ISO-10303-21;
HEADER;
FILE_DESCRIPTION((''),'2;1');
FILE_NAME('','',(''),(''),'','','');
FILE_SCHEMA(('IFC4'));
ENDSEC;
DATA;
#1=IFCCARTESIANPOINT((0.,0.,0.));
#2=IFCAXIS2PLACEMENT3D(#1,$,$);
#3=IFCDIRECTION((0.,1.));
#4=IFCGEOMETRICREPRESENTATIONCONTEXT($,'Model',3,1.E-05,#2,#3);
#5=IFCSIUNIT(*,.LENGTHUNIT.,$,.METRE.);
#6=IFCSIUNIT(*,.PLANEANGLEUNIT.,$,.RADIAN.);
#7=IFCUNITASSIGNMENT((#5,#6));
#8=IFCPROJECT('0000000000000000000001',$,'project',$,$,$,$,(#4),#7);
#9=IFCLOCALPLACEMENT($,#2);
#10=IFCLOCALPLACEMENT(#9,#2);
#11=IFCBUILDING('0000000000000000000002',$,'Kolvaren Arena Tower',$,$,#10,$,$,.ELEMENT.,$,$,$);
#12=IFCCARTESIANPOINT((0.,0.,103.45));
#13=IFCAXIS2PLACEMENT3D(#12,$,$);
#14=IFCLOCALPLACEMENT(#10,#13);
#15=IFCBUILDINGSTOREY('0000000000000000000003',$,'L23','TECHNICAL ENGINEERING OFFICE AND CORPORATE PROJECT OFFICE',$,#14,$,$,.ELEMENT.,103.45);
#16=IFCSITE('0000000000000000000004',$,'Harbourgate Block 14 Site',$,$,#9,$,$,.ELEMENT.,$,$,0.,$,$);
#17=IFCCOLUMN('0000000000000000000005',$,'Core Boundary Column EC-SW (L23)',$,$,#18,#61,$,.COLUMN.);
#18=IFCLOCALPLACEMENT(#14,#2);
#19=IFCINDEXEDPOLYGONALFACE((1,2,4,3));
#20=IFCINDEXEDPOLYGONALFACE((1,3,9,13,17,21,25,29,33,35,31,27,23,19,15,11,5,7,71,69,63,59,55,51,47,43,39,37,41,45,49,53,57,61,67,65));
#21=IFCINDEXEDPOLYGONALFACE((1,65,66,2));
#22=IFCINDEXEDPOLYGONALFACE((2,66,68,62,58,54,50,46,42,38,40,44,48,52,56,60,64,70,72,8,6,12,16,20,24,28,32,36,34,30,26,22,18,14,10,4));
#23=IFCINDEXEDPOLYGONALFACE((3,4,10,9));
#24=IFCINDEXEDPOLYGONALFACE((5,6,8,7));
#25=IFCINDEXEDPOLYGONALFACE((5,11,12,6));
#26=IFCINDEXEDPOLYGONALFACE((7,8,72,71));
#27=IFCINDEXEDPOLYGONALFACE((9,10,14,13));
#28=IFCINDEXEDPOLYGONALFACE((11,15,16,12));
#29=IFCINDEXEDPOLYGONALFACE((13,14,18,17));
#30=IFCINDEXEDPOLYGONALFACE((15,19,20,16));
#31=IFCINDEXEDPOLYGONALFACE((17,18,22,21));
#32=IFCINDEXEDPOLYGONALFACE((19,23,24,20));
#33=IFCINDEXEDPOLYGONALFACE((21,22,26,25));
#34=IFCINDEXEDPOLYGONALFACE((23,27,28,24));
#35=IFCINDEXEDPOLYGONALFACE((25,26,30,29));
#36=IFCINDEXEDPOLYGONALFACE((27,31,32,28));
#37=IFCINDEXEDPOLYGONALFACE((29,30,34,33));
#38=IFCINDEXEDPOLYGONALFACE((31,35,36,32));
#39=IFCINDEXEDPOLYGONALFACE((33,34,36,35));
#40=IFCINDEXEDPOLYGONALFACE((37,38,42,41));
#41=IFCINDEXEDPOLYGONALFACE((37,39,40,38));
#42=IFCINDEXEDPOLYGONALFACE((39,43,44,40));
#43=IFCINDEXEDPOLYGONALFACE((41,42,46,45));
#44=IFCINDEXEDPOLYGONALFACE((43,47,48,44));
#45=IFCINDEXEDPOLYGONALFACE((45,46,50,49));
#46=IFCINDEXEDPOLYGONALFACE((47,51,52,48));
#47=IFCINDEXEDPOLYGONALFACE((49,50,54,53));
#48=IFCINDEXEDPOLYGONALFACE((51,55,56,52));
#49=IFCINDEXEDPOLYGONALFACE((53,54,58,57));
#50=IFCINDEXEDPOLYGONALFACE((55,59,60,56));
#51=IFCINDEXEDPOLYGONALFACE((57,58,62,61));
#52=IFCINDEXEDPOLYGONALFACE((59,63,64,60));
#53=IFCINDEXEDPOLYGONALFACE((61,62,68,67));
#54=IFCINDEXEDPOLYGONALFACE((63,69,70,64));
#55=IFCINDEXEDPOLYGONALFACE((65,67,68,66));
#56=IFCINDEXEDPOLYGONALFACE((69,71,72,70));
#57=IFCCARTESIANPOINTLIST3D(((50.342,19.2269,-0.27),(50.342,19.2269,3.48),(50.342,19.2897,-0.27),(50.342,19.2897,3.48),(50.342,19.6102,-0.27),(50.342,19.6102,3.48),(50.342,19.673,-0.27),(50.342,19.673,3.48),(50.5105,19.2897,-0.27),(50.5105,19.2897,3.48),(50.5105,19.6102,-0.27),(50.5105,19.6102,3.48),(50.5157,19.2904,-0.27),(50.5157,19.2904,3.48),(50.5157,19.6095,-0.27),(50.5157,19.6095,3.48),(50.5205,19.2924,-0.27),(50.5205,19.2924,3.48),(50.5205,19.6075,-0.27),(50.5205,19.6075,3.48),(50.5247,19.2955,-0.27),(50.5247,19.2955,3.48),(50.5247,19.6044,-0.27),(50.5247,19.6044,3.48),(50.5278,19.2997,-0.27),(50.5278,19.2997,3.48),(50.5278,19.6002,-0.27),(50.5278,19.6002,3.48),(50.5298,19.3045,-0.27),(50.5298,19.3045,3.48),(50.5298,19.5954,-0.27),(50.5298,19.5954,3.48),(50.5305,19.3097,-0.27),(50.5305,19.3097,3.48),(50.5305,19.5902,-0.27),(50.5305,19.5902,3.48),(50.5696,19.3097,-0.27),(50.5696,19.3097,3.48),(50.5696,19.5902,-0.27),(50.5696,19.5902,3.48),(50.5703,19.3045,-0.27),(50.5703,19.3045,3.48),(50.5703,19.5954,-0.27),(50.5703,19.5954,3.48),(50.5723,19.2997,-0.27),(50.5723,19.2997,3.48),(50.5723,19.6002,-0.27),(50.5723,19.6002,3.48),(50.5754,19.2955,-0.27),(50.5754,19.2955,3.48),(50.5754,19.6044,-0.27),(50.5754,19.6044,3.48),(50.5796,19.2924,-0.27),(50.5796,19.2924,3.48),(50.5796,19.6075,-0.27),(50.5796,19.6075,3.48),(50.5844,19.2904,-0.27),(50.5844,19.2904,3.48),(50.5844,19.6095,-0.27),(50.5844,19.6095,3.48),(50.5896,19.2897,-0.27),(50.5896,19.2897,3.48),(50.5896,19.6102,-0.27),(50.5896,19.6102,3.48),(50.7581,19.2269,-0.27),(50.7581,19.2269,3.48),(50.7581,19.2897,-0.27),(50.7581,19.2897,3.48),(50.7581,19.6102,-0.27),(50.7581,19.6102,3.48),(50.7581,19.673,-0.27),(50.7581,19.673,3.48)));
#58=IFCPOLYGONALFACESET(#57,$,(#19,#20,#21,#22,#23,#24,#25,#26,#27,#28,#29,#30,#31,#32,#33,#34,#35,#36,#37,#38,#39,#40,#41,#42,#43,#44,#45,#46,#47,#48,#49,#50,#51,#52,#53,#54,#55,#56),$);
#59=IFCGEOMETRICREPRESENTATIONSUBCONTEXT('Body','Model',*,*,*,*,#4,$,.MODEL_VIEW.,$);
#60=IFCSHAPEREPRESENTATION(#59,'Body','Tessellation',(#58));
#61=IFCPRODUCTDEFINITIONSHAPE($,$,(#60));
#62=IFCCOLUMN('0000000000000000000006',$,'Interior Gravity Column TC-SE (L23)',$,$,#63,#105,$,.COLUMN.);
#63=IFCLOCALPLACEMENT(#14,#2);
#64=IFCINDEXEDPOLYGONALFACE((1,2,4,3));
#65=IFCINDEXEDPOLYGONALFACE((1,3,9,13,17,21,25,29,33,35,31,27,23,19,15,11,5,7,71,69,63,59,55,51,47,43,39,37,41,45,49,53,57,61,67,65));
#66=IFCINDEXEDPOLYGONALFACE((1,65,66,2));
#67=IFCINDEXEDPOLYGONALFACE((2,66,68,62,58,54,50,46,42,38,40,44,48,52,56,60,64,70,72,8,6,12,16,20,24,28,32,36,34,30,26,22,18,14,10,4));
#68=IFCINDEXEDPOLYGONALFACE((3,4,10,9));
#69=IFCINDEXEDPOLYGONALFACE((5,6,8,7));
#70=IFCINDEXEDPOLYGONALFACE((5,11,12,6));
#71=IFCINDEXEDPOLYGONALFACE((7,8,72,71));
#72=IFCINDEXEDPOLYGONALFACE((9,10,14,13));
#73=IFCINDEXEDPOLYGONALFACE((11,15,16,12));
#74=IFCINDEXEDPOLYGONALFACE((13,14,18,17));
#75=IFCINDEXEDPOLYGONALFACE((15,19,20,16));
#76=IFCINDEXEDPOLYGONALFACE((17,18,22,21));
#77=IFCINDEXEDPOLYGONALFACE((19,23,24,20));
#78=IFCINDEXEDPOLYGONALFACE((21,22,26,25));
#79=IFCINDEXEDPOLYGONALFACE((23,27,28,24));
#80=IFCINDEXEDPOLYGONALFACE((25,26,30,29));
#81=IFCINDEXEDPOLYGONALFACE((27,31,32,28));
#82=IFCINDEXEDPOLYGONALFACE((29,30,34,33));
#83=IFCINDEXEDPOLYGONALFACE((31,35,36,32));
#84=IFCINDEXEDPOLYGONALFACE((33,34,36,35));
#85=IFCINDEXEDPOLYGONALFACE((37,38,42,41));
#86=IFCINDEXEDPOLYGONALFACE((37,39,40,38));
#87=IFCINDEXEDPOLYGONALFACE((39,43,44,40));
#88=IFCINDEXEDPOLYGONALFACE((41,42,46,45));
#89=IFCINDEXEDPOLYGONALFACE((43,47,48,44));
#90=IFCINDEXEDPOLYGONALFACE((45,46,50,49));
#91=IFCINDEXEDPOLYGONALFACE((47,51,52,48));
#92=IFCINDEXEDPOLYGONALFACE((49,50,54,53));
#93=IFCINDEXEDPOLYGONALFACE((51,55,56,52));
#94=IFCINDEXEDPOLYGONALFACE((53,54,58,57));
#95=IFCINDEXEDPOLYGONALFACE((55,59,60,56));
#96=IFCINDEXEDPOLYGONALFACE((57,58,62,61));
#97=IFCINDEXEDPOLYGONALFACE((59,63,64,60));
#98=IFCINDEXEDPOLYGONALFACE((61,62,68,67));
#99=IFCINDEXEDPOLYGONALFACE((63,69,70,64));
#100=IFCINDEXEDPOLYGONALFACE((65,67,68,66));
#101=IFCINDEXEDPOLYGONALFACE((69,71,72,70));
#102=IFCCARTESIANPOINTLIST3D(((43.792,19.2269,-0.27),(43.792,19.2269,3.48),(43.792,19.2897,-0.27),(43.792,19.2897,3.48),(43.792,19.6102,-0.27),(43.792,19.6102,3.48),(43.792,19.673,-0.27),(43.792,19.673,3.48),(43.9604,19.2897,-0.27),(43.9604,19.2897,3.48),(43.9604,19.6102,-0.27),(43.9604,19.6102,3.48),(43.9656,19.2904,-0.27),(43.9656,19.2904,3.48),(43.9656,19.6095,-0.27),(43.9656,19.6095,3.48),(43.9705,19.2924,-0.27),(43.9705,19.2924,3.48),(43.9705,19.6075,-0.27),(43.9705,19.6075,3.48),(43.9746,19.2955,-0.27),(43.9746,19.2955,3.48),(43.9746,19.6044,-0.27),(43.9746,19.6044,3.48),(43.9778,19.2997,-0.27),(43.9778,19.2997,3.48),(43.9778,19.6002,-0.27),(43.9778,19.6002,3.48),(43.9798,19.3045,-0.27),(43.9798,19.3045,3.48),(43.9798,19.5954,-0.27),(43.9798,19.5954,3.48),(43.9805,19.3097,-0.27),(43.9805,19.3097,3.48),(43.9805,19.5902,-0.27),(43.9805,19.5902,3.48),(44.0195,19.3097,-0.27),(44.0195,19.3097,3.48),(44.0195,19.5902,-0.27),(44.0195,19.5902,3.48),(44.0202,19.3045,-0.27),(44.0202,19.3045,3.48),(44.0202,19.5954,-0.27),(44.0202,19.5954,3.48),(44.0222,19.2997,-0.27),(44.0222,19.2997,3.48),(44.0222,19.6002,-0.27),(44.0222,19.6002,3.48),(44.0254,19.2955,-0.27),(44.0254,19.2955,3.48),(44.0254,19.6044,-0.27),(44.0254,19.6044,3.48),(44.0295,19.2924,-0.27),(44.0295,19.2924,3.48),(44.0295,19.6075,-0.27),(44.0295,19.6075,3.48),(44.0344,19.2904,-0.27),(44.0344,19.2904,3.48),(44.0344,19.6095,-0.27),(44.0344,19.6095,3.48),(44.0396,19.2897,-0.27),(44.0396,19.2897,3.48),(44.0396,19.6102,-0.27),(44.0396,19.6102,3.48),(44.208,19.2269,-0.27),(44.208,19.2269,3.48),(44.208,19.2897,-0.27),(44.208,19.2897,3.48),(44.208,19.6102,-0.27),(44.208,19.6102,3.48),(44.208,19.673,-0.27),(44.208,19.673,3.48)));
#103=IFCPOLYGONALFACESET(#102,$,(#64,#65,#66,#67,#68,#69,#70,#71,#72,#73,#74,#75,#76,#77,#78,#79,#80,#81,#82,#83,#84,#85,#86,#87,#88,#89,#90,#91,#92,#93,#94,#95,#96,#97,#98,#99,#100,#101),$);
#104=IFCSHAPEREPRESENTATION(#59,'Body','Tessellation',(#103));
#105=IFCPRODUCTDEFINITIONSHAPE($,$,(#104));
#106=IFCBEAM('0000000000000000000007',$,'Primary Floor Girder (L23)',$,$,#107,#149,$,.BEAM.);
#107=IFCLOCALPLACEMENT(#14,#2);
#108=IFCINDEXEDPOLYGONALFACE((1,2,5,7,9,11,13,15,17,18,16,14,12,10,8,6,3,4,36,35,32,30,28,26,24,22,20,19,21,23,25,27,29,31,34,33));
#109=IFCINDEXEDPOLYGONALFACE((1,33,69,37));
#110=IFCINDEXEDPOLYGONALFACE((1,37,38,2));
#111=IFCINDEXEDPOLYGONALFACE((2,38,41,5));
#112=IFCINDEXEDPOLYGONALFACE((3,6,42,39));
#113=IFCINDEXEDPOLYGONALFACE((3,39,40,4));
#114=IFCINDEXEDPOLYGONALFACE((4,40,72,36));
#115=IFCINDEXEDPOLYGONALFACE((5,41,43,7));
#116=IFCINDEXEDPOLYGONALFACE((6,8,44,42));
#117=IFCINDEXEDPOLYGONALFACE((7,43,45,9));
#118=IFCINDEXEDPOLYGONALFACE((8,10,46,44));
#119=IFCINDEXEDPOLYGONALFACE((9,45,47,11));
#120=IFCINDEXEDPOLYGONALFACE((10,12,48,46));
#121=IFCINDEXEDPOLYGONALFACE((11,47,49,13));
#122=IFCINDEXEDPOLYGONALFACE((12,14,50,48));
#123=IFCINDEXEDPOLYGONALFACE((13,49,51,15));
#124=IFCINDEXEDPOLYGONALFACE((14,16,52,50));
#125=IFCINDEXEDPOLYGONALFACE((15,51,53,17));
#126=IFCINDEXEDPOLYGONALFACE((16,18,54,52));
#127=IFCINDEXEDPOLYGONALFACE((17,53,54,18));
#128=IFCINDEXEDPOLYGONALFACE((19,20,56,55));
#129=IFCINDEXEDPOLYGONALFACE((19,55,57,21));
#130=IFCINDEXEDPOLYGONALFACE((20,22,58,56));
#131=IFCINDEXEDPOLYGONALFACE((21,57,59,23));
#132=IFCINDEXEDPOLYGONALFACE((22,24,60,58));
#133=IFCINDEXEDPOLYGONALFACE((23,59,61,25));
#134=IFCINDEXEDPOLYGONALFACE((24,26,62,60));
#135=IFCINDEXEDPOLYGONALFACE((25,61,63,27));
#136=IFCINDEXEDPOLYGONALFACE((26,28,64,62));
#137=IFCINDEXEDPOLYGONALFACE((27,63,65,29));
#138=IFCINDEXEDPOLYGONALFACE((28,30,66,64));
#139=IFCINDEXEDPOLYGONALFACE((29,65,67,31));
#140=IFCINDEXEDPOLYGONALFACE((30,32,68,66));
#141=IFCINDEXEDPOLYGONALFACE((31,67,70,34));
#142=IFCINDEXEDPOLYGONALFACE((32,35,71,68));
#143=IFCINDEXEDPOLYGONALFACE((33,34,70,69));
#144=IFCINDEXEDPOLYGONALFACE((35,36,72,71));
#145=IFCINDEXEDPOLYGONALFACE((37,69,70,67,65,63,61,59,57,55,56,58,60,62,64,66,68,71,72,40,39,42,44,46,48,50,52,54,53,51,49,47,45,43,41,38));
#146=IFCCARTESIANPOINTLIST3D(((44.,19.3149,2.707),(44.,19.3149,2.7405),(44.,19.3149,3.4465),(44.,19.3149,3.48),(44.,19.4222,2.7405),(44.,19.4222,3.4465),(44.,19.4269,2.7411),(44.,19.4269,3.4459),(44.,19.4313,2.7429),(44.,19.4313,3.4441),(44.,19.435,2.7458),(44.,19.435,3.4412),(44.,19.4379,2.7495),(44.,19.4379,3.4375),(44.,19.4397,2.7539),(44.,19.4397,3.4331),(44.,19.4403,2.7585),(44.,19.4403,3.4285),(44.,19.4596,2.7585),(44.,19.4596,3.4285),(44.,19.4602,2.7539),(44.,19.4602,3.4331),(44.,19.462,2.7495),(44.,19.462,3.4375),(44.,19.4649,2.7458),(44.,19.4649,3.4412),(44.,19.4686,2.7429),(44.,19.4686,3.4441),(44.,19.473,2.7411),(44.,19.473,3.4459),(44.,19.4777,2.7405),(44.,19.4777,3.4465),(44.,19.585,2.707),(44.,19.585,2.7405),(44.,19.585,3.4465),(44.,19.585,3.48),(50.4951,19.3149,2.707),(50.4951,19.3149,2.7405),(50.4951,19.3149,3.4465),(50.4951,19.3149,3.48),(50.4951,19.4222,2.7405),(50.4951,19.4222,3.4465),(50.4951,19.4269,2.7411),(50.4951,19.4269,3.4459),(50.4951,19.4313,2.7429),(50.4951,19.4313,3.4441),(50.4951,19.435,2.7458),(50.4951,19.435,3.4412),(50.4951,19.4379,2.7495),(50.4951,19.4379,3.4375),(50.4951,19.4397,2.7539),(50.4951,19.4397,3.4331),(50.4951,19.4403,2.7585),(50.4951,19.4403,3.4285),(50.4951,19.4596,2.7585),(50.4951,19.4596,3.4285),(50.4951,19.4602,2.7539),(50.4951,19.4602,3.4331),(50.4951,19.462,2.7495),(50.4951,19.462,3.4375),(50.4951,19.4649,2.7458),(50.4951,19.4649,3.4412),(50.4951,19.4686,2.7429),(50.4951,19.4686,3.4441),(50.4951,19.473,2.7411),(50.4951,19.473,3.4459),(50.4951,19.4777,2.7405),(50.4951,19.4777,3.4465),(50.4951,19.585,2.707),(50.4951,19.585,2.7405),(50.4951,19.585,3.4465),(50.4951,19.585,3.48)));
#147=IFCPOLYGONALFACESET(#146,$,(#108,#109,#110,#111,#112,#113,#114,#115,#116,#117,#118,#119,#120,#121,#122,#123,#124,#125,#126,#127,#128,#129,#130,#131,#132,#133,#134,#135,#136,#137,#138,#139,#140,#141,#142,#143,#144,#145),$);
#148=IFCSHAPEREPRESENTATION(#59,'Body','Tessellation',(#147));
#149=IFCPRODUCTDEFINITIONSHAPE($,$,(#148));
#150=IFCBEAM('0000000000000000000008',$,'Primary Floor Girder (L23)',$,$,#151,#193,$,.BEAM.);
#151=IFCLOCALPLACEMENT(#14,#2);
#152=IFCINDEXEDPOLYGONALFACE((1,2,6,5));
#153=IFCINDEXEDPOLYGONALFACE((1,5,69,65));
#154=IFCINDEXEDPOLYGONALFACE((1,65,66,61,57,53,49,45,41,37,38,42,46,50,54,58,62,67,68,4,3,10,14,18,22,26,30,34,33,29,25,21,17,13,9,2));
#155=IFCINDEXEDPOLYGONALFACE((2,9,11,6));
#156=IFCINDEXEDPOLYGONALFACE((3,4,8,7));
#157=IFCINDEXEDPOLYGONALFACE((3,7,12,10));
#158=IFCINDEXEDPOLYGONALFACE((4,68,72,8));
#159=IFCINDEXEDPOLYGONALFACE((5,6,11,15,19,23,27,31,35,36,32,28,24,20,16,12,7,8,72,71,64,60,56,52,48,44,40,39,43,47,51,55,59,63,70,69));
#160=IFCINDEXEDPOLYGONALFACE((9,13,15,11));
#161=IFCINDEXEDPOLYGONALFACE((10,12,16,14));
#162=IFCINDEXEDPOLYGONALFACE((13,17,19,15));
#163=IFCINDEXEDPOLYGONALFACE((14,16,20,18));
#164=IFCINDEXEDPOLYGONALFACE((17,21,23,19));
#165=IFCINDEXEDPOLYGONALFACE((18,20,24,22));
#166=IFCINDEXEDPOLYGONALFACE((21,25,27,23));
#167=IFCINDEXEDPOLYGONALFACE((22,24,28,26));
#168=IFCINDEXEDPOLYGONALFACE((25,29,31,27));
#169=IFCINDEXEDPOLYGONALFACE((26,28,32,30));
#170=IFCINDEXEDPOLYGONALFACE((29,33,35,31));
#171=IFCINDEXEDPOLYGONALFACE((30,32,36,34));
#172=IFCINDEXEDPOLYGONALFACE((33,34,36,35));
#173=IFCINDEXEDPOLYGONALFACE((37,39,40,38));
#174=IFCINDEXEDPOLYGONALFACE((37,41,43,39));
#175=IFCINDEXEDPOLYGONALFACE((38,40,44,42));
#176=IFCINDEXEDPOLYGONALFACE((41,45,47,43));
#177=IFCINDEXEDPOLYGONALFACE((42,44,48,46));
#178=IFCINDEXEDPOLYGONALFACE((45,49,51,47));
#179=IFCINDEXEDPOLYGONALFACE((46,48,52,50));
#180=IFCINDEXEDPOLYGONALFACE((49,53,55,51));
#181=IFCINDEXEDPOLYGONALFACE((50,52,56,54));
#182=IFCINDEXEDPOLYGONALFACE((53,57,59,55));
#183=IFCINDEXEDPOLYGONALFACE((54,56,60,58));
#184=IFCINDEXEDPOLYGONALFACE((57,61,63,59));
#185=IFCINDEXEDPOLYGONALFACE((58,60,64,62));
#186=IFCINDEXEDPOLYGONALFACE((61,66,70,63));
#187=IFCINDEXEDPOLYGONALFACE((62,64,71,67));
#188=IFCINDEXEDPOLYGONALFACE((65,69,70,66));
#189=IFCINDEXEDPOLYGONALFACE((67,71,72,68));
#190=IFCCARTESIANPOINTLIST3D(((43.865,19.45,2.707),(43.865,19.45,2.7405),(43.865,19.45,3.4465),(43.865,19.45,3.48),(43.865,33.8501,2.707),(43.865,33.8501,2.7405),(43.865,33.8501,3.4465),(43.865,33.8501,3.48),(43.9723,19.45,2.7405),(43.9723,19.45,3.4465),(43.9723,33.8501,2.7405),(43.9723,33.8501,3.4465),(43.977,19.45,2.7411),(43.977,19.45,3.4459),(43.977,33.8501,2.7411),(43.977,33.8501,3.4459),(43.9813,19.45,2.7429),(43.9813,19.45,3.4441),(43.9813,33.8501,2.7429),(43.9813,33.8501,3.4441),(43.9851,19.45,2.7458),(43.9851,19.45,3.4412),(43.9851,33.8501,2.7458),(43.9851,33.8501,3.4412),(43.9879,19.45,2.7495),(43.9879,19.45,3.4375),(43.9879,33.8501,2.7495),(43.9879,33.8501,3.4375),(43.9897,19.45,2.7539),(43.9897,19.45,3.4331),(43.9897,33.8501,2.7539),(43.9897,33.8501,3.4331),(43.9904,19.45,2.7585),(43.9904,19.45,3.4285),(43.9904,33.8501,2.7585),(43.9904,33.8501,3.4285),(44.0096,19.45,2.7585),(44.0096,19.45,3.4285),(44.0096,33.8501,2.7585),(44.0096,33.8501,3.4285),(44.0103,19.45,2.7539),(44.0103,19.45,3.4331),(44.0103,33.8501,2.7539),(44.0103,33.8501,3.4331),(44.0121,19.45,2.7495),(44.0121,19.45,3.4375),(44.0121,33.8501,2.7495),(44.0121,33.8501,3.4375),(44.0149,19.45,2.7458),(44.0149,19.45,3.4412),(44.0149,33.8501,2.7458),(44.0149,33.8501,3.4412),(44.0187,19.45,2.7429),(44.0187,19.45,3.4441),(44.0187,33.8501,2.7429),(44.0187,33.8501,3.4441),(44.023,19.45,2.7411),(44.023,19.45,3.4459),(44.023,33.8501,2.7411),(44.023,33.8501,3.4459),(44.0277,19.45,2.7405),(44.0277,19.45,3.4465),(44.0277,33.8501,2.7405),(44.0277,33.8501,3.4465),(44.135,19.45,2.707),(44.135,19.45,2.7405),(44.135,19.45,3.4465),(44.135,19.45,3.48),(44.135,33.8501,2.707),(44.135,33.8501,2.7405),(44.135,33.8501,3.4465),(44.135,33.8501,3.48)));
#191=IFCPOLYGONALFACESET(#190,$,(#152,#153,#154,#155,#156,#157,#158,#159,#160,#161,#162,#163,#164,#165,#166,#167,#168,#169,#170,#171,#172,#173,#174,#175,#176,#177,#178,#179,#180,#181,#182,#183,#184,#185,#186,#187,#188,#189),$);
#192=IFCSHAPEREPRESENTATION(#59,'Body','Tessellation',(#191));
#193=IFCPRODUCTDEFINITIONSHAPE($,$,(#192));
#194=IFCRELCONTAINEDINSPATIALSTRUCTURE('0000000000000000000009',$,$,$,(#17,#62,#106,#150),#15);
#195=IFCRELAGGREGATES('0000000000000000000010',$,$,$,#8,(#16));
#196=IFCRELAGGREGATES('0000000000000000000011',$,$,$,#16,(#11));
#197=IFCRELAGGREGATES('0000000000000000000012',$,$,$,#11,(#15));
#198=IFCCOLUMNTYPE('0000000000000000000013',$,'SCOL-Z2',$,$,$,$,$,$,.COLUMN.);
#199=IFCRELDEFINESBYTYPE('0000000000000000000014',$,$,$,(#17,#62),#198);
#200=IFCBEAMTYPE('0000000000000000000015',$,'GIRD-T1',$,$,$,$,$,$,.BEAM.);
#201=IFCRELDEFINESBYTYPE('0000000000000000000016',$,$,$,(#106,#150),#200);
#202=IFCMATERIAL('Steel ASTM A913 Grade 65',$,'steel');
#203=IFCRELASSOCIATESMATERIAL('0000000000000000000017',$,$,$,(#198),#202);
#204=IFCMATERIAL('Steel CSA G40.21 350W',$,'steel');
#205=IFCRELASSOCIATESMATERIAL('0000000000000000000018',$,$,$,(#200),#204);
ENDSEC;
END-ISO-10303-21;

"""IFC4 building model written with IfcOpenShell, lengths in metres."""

from ifc_helpers import new_model, si_unit, direction, frame, origin, origin_2d, place, context, subcontext, project, spatial, i_section, extrude, material, material_profile, profile_set, type_object, element, save


model = new_model("IFC4")

# Units and contexts
model_context = context("Model", 3, precision=1e-05, world=origin(), true_north=direction((0.0, 1.0)))
body_context = subcontext(model_context, "Body", "Model", "MODEL_VIEW")
ifc_project = project(units=[si_unit("LENGTHUNIT", "METRE"), si_unit("PLANEANGLEUNIT", "RADIAN")], contexts=[model_context])

# Site, building, storey
site_placement = place(None, origin())
site = spatial("IfcSite", under=ifc_project, at=site_placement, Name="Harbourgate Block 14 Site", CompositionType="ELEMENT", RefElevation=0.0)
building_placement = place(site_placement, origin())
building = spatial("IfcBuilding", under=site, at=building_placement, Name="Kolvaren Arena Tower", CompositionType="ELEMENT")
storey_placement = place(building_placement, frame((0.0, 0.0, 103.45)))
storey = spatial("IfcBuildingStorey", under=building, at=storey_placement, Name="L23", Description="TECHNICAL ENGINEERING OFFICE AND CORPORATE PROJECT OFFICE", CompositionType="ELEMENT", Elevation=103.45)

# Columns
ifc_material_1 = material(Name="Steel ASTM A913 Grade 65", Category="steel")
ifc_material_profile_1 = material_profile(ifc_material_1, i_section(OverallWidth=0.416, OverallDepth=0.446, WebThickness=0.0391, FlangeThickness=0.0627, FilletRadius=0.02, at=origin_2d()), Name="W360x509")
ifc_profile_set_1 = profile_set([ifc_material_profile_1], Name="Steel ASTM A913 Grade 65")
column_type = type_object("IfcColumnType", Name="SCOL-Z2", PredefinedType="COLUMN", material=ifc_profile_set_1)
for number, where, z_axis, x_axis, name in (
    (1, (50.55, 19.45, -0.27), (0.0, 0.0, 1.0), (1.0, 0.0, 0.0), "Core Boundary Column EC-SW (L23)"),
    (2, (44.0, 19.45, -0.27), (0.0, 0.0, 1.0), (1.0, 0.0, 0.0), "Interior Gravity Column TC-SE (L23)"),
):
    element("IfcColumn", number, at=place(storey_placement, frame(where, z_axis=z_axis, x_axis=x_axis)), inside=storey, type_object=column_type, Name=name, PredefinedType="COLUMN", context=body_context, shape_type="SweptSolid", body=[
        extrude(i_section(OverallWidth=0.416, OverallDepth=0.446, WebThickness=0.0391, FlangeThickness=0.0627, FilletRadius=0.02, at=origin_2d()), origin(), (0.0, 0.0, 1.0), 3.75),
    ])

# Beams
ifc_material_2 = material(Name="Steel CSA G40.21 350W", Category="steel")
ifc_material_profile_2 = material_profile(ifc_material_2, i_section(OverallWidth=0.27, OverallDepth=0.7729, WebThickness=0.0193, FlangeThickness=0.0334, FilletRadius=0.0181, at=origin_2d()), Name="W760x257")
ifc_profile_set_2 = profile_set([ifc_material_profile_2], Name="Steel CSA G40.21 350W")
beam_type_1 = type_object("IfcBeamType", Name="GIRD-T1", PredefinedType="BEAM", material=ifc_profile_set_2)
beam_1_placement = place(storey_placement, frame((44.0, 19.45, 3.0935), z_axis=(1.0, 0.0, 0.0), x_axis=(0.0, 1.0, 0.0)))
element("IfcBeam", 3, at=beam_1_placement, inside=storey, type_object=beam_type_1, Name="Primary Floor Girder (L23)", PredefinedType="BEAM", context=body_context, shape_type="SweptSolid", body=[
    extrude(i_section(OverallWidth=0.27, OverallDepth=0.7729, WebThickness=0.0193, FlangeThickness=0.0334, FilletRadius=0.0181, at=origin_2d()), origin(), (0.0, 0.0, 1.0), 6.4951),
])
beam_2_placement = place(storey_placement, frame((44.0, 19.45, 3.0935), z_axis=(0.0, 1.0, 0.0), x_axis=(-1.0, 0.0, 0.0)))
element("IfcBeam", 4, at=beam_2_placement, inside=storey, type_object=beam_type_1, Name="Primary Floor Girder (L23)", PredefinedType="BEAM", context=body_context, shape_type="SweptSolid", body=[
    extrude(i_section(OverallWidth=0.27, OverallDepth=0.7729, WebThickness=0.0193, FlangeThickness=0.0334, FilletRadius=0.0181, at=origin_2d()), origin(), (0.0, 0.0, 1.0), 14.4001),
])

save(model, "model.ifc")
